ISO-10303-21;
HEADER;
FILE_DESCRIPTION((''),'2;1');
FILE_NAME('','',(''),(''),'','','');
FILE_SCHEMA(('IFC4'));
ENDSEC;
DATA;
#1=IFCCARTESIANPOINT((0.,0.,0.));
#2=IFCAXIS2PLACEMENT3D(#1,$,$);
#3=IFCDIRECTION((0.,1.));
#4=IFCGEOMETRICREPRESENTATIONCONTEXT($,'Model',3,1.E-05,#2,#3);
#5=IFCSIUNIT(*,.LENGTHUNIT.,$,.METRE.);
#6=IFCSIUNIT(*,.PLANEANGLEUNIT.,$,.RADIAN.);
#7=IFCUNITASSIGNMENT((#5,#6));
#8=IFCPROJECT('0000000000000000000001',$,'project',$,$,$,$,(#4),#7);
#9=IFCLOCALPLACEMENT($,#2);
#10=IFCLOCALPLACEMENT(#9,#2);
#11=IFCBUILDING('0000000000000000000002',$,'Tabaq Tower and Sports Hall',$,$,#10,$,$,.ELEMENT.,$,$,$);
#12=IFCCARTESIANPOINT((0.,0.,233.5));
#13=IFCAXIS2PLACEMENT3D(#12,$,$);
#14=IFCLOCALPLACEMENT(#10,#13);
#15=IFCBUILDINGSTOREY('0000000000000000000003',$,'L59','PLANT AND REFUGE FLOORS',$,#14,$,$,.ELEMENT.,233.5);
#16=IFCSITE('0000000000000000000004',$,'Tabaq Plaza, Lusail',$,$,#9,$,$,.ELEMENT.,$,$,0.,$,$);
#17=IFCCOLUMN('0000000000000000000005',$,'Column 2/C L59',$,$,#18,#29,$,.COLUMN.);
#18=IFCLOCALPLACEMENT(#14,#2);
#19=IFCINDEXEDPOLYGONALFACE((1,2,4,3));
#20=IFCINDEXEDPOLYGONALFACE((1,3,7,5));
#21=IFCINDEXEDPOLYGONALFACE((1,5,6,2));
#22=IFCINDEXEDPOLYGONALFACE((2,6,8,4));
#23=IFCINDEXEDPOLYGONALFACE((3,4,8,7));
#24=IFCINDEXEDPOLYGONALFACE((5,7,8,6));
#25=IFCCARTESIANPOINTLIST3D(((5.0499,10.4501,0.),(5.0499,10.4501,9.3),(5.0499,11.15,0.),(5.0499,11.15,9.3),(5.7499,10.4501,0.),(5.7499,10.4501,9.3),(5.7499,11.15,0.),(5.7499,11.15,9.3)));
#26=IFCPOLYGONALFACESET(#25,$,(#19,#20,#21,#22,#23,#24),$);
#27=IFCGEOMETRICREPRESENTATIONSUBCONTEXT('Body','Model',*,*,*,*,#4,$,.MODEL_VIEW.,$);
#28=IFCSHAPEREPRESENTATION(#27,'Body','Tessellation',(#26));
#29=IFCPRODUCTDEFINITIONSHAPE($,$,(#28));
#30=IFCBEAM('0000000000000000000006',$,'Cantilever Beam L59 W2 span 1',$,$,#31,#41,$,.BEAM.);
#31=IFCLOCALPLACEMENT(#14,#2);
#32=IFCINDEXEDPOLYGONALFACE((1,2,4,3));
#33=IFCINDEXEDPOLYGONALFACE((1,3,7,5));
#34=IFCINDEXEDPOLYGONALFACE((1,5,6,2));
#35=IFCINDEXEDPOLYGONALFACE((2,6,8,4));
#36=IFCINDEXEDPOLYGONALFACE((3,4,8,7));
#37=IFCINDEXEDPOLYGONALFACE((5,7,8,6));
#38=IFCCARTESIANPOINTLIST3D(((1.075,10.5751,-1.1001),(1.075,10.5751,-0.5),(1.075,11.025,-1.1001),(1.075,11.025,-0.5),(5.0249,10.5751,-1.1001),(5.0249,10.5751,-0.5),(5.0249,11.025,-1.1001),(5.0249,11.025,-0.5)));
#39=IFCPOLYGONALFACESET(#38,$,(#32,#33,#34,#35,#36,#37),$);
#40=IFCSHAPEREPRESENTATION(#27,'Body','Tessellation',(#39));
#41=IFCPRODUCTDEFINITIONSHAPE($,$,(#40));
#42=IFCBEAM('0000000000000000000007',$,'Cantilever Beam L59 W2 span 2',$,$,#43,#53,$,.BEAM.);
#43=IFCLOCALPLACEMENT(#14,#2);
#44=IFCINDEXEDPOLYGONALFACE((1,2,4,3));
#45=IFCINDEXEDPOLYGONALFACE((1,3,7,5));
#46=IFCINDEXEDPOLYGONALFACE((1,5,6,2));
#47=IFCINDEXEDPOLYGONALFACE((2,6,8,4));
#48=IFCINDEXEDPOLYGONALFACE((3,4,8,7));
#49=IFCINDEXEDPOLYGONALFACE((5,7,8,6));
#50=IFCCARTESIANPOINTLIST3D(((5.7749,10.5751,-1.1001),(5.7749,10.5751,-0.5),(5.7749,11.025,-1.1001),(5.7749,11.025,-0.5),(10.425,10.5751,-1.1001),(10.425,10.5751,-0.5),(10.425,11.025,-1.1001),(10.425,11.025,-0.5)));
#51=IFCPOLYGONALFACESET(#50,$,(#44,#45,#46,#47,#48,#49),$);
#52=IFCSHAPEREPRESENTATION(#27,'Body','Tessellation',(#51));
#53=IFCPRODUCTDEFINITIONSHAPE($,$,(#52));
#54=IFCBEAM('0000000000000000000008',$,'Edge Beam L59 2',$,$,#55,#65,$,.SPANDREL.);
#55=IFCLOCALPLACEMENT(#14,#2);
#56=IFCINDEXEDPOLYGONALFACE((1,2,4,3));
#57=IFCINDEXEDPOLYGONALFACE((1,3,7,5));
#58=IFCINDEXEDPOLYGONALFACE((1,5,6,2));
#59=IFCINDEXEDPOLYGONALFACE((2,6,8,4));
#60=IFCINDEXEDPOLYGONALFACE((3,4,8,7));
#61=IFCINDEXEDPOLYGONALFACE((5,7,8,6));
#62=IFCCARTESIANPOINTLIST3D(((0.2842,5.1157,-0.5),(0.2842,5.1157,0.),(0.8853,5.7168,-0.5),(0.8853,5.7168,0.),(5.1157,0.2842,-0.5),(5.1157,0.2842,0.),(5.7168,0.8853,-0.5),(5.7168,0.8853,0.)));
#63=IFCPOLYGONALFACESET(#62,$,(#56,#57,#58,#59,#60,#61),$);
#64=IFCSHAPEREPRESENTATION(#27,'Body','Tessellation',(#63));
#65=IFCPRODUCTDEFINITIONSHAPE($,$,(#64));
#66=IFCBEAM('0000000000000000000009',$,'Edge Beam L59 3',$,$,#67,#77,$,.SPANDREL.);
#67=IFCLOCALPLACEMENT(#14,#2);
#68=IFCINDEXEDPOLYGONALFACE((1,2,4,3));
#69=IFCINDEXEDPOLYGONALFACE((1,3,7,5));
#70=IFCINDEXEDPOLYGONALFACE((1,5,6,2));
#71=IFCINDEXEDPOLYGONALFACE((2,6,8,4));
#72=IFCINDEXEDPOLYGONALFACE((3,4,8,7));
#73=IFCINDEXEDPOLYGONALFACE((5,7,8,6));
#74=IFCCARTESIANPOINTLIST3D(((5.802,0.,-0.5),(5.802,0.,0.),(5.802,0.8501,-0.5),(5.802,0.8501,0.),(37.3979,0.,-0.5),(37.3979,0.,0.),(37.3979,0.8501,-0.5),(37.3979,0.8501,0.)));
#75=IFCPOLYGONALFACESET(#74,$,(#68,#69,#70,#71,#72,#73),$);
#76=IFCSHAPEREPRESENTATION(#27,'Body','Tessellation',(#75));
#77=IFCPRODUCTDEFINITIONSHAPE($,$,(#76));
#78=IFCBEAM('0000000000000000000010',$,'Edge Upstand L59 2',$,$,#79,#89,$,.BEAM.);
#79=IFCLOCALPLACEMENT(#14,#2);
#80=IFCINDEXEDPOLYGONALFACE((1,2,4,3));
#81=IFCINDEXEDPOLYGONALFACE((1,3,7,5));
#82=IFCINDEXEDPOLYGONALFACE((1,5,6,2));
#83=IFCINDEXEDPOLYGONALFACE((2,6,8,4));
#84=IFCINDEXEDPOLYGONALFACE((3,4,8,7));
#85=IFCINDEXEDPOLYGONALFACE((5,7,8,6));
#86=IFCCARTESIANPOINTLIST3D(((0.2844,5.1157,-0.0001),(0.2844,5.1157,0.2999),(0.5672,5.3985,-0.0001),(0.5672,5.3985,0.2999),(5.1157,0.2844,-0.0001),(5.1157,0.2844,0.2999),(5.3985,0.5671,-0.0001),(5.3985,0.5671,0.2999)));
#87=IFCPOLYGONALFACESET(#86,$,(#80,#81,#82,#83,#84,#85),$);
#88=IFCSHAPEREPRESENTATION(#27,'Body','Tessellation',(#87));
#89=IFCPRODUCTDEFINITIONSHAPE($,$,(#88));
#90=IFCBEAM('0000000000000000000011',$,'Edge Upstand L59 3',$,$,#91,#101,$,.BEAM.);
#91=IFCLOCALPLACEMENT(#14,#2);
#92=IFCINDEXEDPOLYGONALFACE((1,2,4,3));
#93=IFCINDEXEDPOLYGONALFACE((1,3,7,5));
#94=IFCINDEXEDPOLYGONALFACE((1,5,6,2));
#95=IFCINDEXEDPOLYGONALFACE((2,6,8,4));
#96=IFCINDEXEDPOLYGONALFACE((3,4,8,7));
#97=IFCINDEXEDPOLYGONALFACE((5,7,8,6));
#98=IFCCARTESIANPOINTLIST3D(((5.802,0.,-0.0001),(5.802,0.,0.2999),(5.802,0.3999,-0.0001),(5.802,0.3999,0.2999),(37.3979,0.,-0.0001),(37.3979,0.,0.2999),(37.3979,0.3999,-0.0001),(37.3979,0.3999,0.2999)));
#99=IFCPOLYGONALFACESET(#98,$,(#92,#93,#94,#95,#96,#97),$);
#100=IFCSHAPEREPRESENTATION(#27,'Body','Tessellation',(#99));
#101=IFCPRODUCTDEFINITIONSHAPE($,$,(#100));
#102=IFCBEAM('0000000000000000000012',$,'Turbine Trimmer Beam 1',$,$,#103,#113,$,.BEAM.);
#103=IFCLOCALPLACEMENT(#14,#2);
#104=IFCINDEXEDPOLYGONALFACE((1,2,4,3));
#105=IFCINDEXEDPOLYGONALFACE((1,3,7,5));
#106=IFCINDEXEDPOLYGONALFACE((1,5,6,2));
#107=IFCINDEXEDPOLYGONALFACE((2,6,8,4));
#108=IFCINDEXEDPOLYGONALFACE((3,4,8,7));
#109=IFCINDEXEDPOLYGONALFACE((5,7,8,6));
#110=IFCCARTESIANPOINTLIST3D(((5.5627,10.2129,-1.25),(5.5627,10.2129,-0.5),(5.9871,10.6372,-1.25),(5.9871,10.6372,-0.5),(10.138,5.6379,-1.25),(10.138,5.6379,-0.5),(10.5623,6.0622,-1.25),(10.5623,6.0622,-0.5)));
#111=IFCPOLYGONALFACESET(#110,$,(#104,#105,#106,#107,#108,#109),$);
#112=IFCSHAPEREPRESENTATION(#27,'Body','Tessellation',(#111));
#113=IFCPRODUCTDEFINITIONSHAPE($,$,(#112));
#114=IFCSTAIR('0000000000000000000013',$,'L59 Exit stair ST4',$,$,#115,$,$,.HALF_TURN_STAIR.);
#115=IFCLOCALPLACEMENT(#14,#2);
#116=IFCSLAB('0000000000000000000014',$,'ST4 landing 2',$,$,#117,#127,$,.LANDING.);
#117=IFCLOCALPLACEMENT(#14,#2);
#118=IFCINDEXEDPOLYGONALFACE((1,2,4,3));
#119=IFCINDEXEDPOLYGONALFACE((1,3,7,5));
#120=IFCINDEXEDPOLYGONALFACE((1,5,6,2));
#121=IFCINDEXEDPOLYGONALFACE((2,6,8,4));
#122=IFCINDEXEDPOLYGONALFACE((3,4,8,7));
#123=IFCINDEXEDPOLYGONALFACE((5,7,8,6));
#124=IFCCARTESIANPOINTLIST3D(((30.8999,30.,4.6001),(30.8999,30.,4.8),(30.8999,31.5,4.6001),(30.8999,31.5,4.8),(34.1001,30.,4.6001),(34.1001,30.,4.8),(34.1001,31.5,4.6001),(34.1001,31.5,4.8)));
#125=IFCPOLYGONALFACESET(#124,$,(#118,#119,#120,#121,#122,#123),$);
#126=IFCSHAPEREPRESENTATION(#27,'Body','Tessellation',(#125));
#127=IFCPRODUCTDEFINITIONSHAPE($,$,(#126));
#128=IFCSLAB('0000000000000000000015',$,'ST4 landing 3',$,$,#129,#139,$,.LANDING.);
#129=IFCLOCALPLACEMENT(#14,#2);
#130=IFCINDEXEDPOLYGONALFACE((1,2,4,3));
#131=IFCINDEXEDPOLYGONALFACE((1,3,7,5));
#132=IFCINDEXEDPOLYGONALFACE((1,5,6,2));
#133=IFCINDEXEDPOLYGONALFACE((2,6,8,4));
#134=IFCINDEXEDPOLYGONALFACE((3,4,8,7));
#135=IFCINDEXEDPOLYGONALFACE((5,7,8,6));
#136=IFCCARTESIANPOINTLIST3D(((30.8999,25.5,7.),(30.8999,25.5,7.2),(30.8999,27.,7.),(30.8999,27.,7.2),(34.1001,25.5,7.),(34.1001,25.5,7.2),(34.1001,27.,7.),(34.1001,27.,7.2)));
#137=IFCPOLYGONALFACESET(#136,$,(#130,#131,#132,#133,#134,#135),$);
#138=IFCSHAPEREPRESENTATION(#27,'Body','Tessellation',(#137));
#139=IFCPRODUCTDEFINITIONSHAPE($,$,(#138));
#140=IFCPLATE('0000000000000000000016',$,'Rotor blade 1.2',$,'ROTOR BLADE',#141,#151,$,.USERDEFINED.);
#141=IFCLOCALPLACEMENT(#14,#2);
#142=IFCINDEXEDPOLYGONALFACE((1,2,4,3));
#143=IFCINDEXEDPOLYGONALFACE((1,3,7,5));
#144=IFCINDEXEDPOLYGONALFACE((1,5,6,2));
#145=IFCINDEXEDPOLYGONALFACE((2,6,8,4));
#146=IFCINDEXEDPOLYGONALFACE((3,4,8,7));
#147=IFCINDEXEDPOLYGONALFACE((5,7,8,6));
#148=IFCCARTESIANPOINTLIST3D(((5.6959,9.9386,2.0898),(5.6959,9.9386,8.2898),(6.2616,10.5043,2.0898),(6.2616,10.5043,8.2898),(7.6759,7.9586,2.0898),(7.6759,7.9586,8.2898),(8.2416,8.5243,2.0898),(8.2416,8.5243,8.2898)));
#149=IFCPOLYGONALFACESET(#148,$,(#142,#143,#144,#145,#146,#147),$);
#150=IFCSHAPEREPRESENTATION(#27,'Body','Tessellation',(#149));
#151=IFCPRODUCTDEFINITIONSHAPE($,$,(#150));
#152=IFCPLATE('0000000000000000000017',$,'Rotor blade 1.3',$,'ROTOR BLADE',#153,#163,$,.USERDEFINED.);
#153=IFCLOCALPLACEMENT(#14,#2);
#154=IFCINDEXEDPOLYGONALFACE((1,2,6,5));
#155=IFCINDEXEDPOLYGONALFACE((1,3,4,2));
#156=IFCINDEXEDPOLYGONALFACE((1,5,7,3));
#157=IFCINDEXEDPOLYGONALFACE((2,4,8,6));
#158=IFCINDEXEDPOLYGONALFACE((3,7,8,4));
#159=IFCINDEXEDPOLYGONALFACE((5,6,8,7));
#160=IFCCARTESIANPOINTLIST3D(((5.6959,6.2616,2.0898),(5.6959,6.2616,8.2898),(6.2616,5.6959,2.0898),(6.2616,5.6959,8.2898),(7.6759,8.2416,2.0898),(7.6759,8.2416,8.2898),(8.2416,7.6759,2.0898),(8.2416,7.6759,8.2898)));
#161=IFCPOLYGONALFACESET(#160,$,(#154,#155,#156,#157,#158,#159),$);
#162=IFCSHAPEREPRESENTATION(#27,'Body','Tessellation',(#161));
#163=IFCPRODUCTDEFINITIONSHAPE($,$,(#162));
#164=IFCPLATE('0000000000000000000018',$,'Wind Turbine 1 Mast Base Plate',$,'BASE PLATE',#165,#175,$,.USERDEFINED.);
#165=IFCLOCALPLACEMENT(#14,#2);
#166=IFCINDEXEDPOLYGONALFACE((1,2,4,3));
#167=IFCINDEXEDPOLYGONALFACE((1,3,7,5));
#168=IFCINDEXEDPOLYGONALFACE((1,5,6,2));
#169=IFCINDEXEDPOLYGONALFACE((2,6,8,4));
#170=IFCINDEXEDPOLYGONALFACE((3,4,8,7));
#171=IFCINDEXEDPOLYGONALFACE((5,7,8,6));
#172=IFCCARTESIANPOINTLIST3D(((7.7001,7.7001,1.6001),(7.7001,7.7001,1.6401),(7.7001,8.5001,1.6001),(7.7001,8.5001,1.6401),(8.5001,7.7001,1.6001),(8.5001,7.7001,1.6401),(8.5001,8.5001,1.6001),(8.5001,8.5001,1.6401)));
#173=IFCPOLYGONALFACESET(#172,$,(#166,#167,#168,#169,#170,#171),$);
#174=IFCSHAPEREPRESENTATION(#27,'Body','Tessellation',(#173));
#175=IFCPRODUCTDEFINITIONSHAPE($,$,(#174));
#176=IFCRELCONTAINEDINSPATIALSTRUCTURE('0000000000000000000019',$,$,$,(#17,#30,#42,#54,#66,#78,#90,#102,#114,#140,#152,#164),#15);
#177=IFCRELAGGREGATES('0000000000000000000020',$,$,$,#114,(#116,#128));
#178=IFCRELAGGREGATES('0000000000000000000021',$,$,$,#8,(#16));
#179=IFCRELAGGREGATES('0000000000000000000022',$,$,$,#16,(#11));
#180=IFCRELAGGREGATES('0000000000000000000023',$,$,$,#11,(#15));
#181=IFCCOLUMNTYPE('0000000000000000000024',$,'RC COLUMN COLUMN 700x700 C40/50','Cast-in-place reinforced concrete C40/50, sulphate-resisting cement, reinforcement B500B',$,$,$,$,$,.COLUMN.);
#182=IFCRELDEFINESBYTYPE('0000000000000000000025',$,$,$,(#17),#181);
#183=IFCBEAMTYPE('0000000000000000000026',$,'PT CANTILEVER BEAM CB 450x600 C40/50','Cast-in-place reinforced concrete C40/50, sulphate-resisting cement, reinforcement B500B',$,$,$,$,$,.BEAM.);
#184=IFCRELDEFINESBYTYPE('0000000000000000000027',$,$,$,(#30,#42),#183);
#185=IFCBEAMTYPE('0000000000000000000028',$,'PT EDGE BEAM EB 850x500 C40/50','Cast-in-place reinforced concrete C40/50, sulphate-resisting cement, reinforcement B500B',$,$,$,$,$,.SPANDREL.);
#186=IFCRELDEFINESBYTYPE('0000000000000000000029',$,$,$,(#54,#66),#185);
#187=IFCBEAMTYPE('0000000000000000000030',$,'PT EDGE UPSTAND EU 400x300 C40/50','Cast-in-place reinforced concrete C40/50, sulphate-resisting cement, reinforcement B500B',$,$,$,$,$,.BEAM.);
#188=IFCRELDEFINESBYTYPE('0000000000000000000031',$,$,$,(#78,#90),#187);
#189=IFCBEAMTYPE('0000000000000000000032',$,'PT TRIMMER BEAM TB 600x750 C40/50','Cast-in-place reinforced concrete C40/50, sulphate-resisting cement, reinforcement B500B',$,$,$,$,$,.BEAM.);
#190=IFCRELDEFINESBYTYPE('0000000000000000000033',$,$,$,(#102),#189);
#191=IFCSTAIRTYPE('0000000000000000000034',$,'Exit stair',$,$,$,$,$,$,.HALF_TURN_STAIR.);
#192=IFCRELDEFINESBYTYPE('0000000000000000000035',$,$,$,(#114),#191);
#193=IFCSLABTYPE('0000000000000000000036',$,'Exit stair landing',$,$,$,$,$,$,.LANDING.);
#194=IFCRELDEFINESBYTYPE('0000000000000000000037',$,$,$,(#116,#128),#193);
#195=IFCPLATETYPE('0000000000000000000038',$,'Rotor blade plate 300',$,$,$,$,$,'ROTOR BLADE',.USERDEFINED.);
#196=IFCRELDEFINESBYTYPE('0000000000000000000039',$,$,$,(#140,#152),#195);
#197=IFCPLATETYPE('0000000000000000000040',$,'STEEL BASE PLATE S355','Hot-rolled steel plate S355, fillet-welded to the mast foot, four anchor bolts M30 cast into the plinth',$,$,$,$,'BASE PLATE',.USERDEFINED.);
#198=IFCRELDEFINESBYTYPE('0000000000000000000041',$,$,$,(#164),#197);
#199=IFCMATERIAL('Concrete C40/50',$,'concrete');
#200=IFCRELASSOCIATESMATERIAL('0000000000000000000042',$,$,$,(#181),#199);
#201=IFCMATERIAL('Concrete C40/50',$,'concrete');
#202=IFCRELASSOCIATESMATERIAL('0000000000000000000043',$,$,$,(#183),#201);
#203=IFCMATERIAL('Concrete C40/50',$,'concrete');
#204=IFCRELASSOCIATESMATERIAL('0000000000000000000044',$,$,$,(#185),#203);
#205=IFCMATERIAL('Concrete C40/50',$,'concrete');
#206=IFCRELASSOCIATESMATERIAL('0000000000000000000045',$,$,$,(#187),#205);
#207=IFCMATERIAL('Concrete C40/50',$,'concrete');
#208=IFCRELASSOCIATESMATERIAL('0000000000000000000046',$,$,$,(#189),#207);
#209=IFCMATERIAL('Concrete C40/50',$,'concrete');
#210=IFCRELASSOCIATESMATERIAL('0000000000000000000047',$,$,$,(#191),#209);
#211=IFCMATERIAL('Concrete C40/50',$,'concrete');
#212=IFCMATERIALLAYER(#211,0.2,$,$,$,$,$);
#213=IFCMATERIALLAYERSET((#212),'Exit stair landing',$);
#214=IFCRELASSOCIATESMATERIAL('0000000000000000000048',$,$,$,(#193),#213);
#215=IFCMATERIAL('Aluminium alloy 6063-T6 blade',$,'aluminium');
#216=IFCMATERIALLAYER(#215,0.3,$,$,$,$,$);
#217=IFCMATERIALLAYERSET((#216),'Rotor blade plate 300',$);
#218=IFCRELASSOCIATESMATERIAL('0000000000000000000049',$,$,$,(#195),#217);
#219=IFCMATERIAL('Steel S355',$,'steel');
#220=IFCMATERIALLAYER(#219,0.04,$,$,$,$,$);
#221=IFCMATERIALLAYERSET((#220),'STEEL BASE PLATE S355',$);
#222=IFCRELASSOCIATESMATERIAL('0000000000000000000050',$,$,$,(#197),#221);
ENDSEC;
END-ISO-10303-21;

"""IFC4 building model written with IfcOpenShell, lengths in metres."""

from ifc_helpers import new_model, si_unit, direction, frame, origin, origin_2d, place, context, subcontext, project, spatial, polyline, rectangle, outline, extrude, material, layer, layer_set, material_profile, profile_set, type_object, element, aggregate, save


model = new_model("IFC4")

# Units and contexts
model_context = context("Model", 3, precision=1e-05, world=origin(), true_north=direction((0.0, 1.0)))
body_context = subcontext(model_context, "Body", "Model", "MODEL_VIEW")
ifc_project = project(units=[si_unit("LENGTHUNIT", "METRE"), si_unit("PLANEANGLEUNIT", "RADIAN")], contexts=[model_context])

# Site, building, storey
site_placement = place(None, origin())
site = spatial("IfcSite", under=ifc_project, at=site_placement, Name="Tabaq Plaza, Lusail", CompositionType="ELEMENT", RefElevation=0.0)
building_placement = place(site_placement, origin())
building = spatial("IfcBuilding", under=site, at=building_placement, Name="Tabaq Tower and Sports Hall", CompositionType="ELEMENT")
storey_placement = place(building_placement, frame((0.0, 0.0, 233.5)))
storey = spatial("IfcBuildingStorey", under=building, at=storey_placement, Name="L59", Description="PLANT AND REFUGE FLOORS", CompositionType="ELEMENT", Elevation=233.5)

# Column
ifc_material_1 = material(Name="Concrete C40/50", Category="concrete")
ifc_material_profile_1 = material_profile(ifc_material_1, rectangle(XDim=0.7, YDim=0.7, at=origin_2d()), Name="COLUMN 700x700")
ifc_profile_set_1 = profile_set([ifc_material_profile_1], Name="Concrete C40/50")
column_type = type_object("IfcColumnType", Name="RC COLUMN COLUMN 700x700 C40/50", Description="Cast-in-place reinforced concrete C40/50, sulphate-resisting cement, reinforcement B500B", PredefinedType="COLUMN", material=ifc_profile_set_1)
column_placement = place(storey_placement, frame((5.3999, 10.8, 0.0), z_axis=(0.0, 0.0, 1.0), x_axis=(1.0, 0.0, 0.0)))
element("IfcColumn", 1, at=column_placement, inside=storey, type_object=column_type, Name="Column 2/C L59", PredefinedType="COLUMN", context=body_context, shape_type="SweptSolid", body=[
    extrude(rectangle(XDim=0.7, YDim=0.7, at=origin_2d()), origin(), (0.0, 0.0, 1.0), 9.3),
])

# Beams
ifc_material_2 = material(Name="Concrete C40/50", Category="concrete")
ifc_material_profile_2 = material_profile(ifc_material_2, rectangle(XDim=0.45, YDim=0.6001, at=origin_2d()), Name="CB 450x600")
ifc_profile_set_2 = profile_set([ifc_material_profile_2], Name="Concrete C40/50")
beam_type_1 = type_object("IfcBeamType", Name="PT CANTILEVER BEAM CB 450x600 C40/50", Description="Cast-in-place reinforced concrete C40/50, sulphate-resisting cement, reinforcement B500B", PredefinedType="BEAM", material=ifc_profile_set_2)
beam_1_placement = place(storey_placement, frame((1.075, 10.8, -0.8), z_axis=(1.0, 0.0, 0.0), x_axis=(0.0, 1.0, 0.0)))
element("IfcBeam", 2, at=beam_1_placement, inside=storey, type_object=beam_type_1, Name="Cantilever Beam L59 W2 span 1", PredefinedType="BEAM", context=body_context, shape_type="SweptSolid", body=[
    extrude(rectangle(XDim=0.45, YDim=0.6001, at=origin_2d()), origin(), (0.0, 0.0, 1.0), 3.95),
])
beam_2_placement = place(storey_placement, frame((5.7749, 10.8, -0.8), z_axis=(1.0, 0.0, 0.0), x_axis=(0.0, 1.0, 0.0)))
element("IfcBeam", 3, at=beam_2_placement, inside=storey, type_object=beam_type_1, Name="Cantilever Beam L59 W2 span 2", PredefinedType="BEAM", context=body_context, shape_type="SweptSolid", body=[
    extrude(rectangle(XDim=0.45, YDim=0.6001, at=origin_2d()), origin(), (0.0, 0.0, 1.0), 4.6501),
])
ifc_material_3 = material(Name="Concrete C40/50", Category="concrete")
ifc_material_profile_3 = material_profile(ifc_material_3, rectangle(XDim=0.8501, YDim=0.5, at=origin_2d()), Name="EB 850x500")
ifc_profile_set_3 = profile_set([ifc_material_profile_3], Name="Concrete C40/50")
beam_type_2 = type_object("IfcBeamType", Name="PT EDGE BEAM EB 850x500 C40/50", Description="Cast-in-place reinforced concrete C40/50, sulphate-resisting cement, reinforcement B500B", PredefinedType="SPANDREL", material=ifc_profile_set_3)
beam_3_placement = place(storey_placement, frame((0.5847, 5.4163, -0.25), z_axis=(0.707107, -0.707107, 0.0), x_axis=(0.707107, 0.707107, 0.0)))
element("IfcBeam", 4, at=beam_3_placement, inside=storey, type_object=beam_type_2, Name="Edge Beam L59 2", PredefinedType="SPANDREL", context=body_context, shape_type="SweptSolid", body=[
    extrude(rectangle(XDim=0.8501, YDim=0.5, at=origin_2d()), origin(), (0.0, 0.0, 1.0), 6.8328),
])
beam_4_placement = place(storey_placement, frame((5.802, 0.425, -0.25), z_axis=(1.0, 0.0, 0.0), x_axis=(0.0, 1.0, 0.0)))
element("IfcBeam", 5, at=beam_4_placement, inside=storey, type_object=beam_type_2, Name="Edge Beam L59 3", PredefinedType="SPANDREL", context=body_context, shape_type="SweptSolid", body=[
    extrude(rectangle(XDim=0.8501, YDim=0.5, at=origin_2d()), origin(), (0.0, 0.0, 1.0), 31.5959),
])
ifc_material_4 = material(Name="Concrete C40/50", Category="concrete")
ifc_material_profile_4 = material_profile(ifc_material_4, rectangle(XDim=0.3999, YDim=0.3, at=origin_2d()), Name="EU 400x300")
ifc_profile_set_4 = profile_set([ifc_material_profile_4], Name="Concrete C40/50")
beam_type_3 = type_object("IfcBeamType", Name="PT EDGE UPSTAND EU 400x300 C40/50", Description="Cast-in-place reinforced concrete C40/50, sulphate-resisting cement, reinforcement B500B", PredefinedType="BEAM", material=ifc_profile_set_4)
beam_5_placement = place(storey_placement, frame((0.4258, 5.2571, 0.1499), z_axis=(0.707107, -0.707107, 0.0), x_axis=(0.707107, 0.707107, 0.0)))
element("IfcBeam", 6, at=beam_5_placement, inside=storey, type_object=beam_type_3, Name="Edge Upstand L59 2", PredefinedType="BEAM", context=body_context, shape_type="SweptSolid", body=[
    extrude(rectangle(XDim=0.3999, YDim=0.3, at=origin_2d()), origin(), (0.0, 0.0, 1.0), 6.8325),
])
beam_6_placement = place(storey_placement, frame((5.802, 0.2, 0.1499), z_axis=(1.0, 0.0, 0.0), x_axis=(0.0, 1.0, 0.0)))
element("IfcBeam", 7, at=beam_6_placement, inside=storey, type_object=beam_type_3, Name="Edge Upstand L59 3", PredefinedType="BEAM", context=body_context, shape_type="SweptSolid", body=[
    extrude(rectangle(XDim=0.3999, YDim=0.3, at=origin_2d()), origin(), (0.0, 0.0, 1.0), 31.5959),
])
ifc_material_5 = material(Name="Concrete C40/50", Category="concrete")
ifc_material_profile_5 = material_profile(ifc_material_5, rectangle(XDim=0.6001, YDim=0.75, at=origin_2d()), Name="TB 600x750")
ifc_profile_set_5 = profile_set([ifc_material_profile_5], Name="Concrete C40/50")
beam_type_4 = type_object("IfcBeamType", Name="PT TRIMMER BEAM TB 600x750 C40/50", Description="Cast-in-place reinforced concrete C40/50, sulphate-resisting cement, reinforcement B500B", PredefinedType="BEAM", material=ifc_profile_set_5)
beam_7_placement = place(storey_placement, frame((5.7749, 10.425, -0.875), z_axis=(0.707126, -0.707088, 0.0), x_axis=(0.707088, 0.707126, 0.0)))
element("IfcBeam", 8, at=beam_7_placement, inside=storey, type_object=beam_type_4, Name="Turbine Trimmer Beam 1", PredefinedType="BEAM", context=body_context, shape_type="SweptSolid", body=[
    extrude(rectangle(XDim=0.6001, YDim=0.75, at=origin_2d()), origin(), (0.0, 0.0, 1.0), 6.4702),
])

# Stair, slabs
ifc_material_6 = material(Name="Concrete C40/50", Category="concrete")
stair_type = type_object("IfcStairType", Name="Exit stair", PredefinedType="HALF_TURN_STAIR", material=ifc_material_6)
stair_placement = place(storey_placement, origin())
stair = element("IfcStair", 9, at=stair_placement, inside=storey, type_object=stair_type, Name="L59 Exit stair ST4", PredefinedType="HALF_TURN_STAIR")
ifc_material_7 = material(Name="Concrete C40/50", Category="concrete")
ifc_layer_1 = layer(ifc_material_7, 0.2)
ifc_layer_set_1 = layer_set([ifc_layer_1], Name="Exit stair landing")
slab_type = type_object("IfcSlabType", Name="Exit stair landing", PredefinedType="LANDING", material=ifc_layer_set_1)
slab_1_placement = place(storey_placement, frame((0.0, 0.0, 4.6001)))
slab_1 = element("IfcSlab", 10, at=slab_1_placement, type_object=slab_type, Name="ST4 landing 2", PredefinedType="LANDING", context=body_context, shape_type="SweptSolid", body=[
    extrude(outline(polyline([(30.8999, 31.5), (30.8999, 30.0), (34.1001, 30.0), (34.1001, 31.5), (30.8999, 31.5)])), origin(), (0.0, 0.0, 1.0), 0.2),
])
slab_2_placement = place(storey_placement, frame((0.0, 0.0, 7.0)))
slab_2 = element("IfcSlab", 11, at=slab_2_placement, type_object=slab_type, Name="ST4 landing 3", PredefinedType="LANDING", context=body_context, shape_type="SweptSolid", body=[
    extrude(outline(polyline([(30.8999, 27.0), (30.8999, 25.5), (34.1001, 25.5), (34.1001, 27.0), (30.8999, 27.0)])), origin(), (0.0, 0.0, 1.0), 0.2),
])
aggregate(stair, [slab_1, slab_2])

# Plates
ifc_material_8 = material(Name="Aluminium alloy 6063-T6 blade", Category="aluminium")
ifc_layer_2 = layer(ifc_material_8, 0.3)
ifc_layer_set_2 = layer_set([ifc_layer_2], Name="Rotor blade plate 300")
plate_type_1 = type_object("IfcPlateType", Name="Rotor blade plate 300", ElementType="ROTOR BLADE", PredefinedType="USERDEFINED", material=ifc_layer_set_2)
for number, where, z_axis, x_axis, name in (
    (12, (6.9688, 9.2314, 2.0898), (0.0, 0.0, 1.0), (-0.707107, 0.707107, 0.0), "Rotor blade 1.2"),
    (13, (6.9688, 6.9688, 2.0898), (0.0, 0.0, 1.0), (-0.707107, -0.707107, 0.0), "Rotor blade 1.3"),
):
    element("IfcPlate", number, at=place(storey_placement, frame(where, z_axis=z_axis, x_axis=x_axis)), inside=storey, type_object=plate_type_1, Name=name, ObjectType="ROTOR BLADE", PredefinedType="USERDEFINED", context=body_context, shape_type="SweptSolid", body=[
        extrude(rectangle(XDim=2.8, YDim=0.8, at=origin_2d()), origin(), (0.0, 0.0, 1.0), 6.2),
    ])
ifc_material_9 = material(Name="Steel S355", Category="steel")
ifc_layer_3 = layer(ifc_material_9, 0.04)
ifc_layer_set_3 = layer_set([ifc_layer_3], Name="STEEL BASE PLATE S355")
plate_type_2 = type_object("IfcPlateType", Name="STEEL BASE PLATE S355", Description="Hot-rolled steel plate S355, fillet-welded to the mast foot, four anchor bolts M30 cast into the plinth", ElementType="BASE PLATE", PredefinedType="USERDEFINED", material=ifc_layer_set_3)
plate_placement = place(storey_placement, frame((8.1001, 8.1001, 1.6001), z_axis=(0.0, 0.0, 1.0), x_axis=(1.0, 0.0, 0.0)))
element("IfcPlate", 14, at=plate_placement, inside=storey, type_object=plate_type_2, Name="Wind Turbine 1 Mast Base Plate", ObjectType="BASE PLATE", PredefinedType="USERDEFINED", context=body_context, shape_type="SweptSolid", body=[
    extrude(rectangle(XDim=0.8, YDim=0.8, at=origin_2d()), origin(), (0.0, 0.0, 1.0), 0.04),
])

save(model, "model.ifc")
